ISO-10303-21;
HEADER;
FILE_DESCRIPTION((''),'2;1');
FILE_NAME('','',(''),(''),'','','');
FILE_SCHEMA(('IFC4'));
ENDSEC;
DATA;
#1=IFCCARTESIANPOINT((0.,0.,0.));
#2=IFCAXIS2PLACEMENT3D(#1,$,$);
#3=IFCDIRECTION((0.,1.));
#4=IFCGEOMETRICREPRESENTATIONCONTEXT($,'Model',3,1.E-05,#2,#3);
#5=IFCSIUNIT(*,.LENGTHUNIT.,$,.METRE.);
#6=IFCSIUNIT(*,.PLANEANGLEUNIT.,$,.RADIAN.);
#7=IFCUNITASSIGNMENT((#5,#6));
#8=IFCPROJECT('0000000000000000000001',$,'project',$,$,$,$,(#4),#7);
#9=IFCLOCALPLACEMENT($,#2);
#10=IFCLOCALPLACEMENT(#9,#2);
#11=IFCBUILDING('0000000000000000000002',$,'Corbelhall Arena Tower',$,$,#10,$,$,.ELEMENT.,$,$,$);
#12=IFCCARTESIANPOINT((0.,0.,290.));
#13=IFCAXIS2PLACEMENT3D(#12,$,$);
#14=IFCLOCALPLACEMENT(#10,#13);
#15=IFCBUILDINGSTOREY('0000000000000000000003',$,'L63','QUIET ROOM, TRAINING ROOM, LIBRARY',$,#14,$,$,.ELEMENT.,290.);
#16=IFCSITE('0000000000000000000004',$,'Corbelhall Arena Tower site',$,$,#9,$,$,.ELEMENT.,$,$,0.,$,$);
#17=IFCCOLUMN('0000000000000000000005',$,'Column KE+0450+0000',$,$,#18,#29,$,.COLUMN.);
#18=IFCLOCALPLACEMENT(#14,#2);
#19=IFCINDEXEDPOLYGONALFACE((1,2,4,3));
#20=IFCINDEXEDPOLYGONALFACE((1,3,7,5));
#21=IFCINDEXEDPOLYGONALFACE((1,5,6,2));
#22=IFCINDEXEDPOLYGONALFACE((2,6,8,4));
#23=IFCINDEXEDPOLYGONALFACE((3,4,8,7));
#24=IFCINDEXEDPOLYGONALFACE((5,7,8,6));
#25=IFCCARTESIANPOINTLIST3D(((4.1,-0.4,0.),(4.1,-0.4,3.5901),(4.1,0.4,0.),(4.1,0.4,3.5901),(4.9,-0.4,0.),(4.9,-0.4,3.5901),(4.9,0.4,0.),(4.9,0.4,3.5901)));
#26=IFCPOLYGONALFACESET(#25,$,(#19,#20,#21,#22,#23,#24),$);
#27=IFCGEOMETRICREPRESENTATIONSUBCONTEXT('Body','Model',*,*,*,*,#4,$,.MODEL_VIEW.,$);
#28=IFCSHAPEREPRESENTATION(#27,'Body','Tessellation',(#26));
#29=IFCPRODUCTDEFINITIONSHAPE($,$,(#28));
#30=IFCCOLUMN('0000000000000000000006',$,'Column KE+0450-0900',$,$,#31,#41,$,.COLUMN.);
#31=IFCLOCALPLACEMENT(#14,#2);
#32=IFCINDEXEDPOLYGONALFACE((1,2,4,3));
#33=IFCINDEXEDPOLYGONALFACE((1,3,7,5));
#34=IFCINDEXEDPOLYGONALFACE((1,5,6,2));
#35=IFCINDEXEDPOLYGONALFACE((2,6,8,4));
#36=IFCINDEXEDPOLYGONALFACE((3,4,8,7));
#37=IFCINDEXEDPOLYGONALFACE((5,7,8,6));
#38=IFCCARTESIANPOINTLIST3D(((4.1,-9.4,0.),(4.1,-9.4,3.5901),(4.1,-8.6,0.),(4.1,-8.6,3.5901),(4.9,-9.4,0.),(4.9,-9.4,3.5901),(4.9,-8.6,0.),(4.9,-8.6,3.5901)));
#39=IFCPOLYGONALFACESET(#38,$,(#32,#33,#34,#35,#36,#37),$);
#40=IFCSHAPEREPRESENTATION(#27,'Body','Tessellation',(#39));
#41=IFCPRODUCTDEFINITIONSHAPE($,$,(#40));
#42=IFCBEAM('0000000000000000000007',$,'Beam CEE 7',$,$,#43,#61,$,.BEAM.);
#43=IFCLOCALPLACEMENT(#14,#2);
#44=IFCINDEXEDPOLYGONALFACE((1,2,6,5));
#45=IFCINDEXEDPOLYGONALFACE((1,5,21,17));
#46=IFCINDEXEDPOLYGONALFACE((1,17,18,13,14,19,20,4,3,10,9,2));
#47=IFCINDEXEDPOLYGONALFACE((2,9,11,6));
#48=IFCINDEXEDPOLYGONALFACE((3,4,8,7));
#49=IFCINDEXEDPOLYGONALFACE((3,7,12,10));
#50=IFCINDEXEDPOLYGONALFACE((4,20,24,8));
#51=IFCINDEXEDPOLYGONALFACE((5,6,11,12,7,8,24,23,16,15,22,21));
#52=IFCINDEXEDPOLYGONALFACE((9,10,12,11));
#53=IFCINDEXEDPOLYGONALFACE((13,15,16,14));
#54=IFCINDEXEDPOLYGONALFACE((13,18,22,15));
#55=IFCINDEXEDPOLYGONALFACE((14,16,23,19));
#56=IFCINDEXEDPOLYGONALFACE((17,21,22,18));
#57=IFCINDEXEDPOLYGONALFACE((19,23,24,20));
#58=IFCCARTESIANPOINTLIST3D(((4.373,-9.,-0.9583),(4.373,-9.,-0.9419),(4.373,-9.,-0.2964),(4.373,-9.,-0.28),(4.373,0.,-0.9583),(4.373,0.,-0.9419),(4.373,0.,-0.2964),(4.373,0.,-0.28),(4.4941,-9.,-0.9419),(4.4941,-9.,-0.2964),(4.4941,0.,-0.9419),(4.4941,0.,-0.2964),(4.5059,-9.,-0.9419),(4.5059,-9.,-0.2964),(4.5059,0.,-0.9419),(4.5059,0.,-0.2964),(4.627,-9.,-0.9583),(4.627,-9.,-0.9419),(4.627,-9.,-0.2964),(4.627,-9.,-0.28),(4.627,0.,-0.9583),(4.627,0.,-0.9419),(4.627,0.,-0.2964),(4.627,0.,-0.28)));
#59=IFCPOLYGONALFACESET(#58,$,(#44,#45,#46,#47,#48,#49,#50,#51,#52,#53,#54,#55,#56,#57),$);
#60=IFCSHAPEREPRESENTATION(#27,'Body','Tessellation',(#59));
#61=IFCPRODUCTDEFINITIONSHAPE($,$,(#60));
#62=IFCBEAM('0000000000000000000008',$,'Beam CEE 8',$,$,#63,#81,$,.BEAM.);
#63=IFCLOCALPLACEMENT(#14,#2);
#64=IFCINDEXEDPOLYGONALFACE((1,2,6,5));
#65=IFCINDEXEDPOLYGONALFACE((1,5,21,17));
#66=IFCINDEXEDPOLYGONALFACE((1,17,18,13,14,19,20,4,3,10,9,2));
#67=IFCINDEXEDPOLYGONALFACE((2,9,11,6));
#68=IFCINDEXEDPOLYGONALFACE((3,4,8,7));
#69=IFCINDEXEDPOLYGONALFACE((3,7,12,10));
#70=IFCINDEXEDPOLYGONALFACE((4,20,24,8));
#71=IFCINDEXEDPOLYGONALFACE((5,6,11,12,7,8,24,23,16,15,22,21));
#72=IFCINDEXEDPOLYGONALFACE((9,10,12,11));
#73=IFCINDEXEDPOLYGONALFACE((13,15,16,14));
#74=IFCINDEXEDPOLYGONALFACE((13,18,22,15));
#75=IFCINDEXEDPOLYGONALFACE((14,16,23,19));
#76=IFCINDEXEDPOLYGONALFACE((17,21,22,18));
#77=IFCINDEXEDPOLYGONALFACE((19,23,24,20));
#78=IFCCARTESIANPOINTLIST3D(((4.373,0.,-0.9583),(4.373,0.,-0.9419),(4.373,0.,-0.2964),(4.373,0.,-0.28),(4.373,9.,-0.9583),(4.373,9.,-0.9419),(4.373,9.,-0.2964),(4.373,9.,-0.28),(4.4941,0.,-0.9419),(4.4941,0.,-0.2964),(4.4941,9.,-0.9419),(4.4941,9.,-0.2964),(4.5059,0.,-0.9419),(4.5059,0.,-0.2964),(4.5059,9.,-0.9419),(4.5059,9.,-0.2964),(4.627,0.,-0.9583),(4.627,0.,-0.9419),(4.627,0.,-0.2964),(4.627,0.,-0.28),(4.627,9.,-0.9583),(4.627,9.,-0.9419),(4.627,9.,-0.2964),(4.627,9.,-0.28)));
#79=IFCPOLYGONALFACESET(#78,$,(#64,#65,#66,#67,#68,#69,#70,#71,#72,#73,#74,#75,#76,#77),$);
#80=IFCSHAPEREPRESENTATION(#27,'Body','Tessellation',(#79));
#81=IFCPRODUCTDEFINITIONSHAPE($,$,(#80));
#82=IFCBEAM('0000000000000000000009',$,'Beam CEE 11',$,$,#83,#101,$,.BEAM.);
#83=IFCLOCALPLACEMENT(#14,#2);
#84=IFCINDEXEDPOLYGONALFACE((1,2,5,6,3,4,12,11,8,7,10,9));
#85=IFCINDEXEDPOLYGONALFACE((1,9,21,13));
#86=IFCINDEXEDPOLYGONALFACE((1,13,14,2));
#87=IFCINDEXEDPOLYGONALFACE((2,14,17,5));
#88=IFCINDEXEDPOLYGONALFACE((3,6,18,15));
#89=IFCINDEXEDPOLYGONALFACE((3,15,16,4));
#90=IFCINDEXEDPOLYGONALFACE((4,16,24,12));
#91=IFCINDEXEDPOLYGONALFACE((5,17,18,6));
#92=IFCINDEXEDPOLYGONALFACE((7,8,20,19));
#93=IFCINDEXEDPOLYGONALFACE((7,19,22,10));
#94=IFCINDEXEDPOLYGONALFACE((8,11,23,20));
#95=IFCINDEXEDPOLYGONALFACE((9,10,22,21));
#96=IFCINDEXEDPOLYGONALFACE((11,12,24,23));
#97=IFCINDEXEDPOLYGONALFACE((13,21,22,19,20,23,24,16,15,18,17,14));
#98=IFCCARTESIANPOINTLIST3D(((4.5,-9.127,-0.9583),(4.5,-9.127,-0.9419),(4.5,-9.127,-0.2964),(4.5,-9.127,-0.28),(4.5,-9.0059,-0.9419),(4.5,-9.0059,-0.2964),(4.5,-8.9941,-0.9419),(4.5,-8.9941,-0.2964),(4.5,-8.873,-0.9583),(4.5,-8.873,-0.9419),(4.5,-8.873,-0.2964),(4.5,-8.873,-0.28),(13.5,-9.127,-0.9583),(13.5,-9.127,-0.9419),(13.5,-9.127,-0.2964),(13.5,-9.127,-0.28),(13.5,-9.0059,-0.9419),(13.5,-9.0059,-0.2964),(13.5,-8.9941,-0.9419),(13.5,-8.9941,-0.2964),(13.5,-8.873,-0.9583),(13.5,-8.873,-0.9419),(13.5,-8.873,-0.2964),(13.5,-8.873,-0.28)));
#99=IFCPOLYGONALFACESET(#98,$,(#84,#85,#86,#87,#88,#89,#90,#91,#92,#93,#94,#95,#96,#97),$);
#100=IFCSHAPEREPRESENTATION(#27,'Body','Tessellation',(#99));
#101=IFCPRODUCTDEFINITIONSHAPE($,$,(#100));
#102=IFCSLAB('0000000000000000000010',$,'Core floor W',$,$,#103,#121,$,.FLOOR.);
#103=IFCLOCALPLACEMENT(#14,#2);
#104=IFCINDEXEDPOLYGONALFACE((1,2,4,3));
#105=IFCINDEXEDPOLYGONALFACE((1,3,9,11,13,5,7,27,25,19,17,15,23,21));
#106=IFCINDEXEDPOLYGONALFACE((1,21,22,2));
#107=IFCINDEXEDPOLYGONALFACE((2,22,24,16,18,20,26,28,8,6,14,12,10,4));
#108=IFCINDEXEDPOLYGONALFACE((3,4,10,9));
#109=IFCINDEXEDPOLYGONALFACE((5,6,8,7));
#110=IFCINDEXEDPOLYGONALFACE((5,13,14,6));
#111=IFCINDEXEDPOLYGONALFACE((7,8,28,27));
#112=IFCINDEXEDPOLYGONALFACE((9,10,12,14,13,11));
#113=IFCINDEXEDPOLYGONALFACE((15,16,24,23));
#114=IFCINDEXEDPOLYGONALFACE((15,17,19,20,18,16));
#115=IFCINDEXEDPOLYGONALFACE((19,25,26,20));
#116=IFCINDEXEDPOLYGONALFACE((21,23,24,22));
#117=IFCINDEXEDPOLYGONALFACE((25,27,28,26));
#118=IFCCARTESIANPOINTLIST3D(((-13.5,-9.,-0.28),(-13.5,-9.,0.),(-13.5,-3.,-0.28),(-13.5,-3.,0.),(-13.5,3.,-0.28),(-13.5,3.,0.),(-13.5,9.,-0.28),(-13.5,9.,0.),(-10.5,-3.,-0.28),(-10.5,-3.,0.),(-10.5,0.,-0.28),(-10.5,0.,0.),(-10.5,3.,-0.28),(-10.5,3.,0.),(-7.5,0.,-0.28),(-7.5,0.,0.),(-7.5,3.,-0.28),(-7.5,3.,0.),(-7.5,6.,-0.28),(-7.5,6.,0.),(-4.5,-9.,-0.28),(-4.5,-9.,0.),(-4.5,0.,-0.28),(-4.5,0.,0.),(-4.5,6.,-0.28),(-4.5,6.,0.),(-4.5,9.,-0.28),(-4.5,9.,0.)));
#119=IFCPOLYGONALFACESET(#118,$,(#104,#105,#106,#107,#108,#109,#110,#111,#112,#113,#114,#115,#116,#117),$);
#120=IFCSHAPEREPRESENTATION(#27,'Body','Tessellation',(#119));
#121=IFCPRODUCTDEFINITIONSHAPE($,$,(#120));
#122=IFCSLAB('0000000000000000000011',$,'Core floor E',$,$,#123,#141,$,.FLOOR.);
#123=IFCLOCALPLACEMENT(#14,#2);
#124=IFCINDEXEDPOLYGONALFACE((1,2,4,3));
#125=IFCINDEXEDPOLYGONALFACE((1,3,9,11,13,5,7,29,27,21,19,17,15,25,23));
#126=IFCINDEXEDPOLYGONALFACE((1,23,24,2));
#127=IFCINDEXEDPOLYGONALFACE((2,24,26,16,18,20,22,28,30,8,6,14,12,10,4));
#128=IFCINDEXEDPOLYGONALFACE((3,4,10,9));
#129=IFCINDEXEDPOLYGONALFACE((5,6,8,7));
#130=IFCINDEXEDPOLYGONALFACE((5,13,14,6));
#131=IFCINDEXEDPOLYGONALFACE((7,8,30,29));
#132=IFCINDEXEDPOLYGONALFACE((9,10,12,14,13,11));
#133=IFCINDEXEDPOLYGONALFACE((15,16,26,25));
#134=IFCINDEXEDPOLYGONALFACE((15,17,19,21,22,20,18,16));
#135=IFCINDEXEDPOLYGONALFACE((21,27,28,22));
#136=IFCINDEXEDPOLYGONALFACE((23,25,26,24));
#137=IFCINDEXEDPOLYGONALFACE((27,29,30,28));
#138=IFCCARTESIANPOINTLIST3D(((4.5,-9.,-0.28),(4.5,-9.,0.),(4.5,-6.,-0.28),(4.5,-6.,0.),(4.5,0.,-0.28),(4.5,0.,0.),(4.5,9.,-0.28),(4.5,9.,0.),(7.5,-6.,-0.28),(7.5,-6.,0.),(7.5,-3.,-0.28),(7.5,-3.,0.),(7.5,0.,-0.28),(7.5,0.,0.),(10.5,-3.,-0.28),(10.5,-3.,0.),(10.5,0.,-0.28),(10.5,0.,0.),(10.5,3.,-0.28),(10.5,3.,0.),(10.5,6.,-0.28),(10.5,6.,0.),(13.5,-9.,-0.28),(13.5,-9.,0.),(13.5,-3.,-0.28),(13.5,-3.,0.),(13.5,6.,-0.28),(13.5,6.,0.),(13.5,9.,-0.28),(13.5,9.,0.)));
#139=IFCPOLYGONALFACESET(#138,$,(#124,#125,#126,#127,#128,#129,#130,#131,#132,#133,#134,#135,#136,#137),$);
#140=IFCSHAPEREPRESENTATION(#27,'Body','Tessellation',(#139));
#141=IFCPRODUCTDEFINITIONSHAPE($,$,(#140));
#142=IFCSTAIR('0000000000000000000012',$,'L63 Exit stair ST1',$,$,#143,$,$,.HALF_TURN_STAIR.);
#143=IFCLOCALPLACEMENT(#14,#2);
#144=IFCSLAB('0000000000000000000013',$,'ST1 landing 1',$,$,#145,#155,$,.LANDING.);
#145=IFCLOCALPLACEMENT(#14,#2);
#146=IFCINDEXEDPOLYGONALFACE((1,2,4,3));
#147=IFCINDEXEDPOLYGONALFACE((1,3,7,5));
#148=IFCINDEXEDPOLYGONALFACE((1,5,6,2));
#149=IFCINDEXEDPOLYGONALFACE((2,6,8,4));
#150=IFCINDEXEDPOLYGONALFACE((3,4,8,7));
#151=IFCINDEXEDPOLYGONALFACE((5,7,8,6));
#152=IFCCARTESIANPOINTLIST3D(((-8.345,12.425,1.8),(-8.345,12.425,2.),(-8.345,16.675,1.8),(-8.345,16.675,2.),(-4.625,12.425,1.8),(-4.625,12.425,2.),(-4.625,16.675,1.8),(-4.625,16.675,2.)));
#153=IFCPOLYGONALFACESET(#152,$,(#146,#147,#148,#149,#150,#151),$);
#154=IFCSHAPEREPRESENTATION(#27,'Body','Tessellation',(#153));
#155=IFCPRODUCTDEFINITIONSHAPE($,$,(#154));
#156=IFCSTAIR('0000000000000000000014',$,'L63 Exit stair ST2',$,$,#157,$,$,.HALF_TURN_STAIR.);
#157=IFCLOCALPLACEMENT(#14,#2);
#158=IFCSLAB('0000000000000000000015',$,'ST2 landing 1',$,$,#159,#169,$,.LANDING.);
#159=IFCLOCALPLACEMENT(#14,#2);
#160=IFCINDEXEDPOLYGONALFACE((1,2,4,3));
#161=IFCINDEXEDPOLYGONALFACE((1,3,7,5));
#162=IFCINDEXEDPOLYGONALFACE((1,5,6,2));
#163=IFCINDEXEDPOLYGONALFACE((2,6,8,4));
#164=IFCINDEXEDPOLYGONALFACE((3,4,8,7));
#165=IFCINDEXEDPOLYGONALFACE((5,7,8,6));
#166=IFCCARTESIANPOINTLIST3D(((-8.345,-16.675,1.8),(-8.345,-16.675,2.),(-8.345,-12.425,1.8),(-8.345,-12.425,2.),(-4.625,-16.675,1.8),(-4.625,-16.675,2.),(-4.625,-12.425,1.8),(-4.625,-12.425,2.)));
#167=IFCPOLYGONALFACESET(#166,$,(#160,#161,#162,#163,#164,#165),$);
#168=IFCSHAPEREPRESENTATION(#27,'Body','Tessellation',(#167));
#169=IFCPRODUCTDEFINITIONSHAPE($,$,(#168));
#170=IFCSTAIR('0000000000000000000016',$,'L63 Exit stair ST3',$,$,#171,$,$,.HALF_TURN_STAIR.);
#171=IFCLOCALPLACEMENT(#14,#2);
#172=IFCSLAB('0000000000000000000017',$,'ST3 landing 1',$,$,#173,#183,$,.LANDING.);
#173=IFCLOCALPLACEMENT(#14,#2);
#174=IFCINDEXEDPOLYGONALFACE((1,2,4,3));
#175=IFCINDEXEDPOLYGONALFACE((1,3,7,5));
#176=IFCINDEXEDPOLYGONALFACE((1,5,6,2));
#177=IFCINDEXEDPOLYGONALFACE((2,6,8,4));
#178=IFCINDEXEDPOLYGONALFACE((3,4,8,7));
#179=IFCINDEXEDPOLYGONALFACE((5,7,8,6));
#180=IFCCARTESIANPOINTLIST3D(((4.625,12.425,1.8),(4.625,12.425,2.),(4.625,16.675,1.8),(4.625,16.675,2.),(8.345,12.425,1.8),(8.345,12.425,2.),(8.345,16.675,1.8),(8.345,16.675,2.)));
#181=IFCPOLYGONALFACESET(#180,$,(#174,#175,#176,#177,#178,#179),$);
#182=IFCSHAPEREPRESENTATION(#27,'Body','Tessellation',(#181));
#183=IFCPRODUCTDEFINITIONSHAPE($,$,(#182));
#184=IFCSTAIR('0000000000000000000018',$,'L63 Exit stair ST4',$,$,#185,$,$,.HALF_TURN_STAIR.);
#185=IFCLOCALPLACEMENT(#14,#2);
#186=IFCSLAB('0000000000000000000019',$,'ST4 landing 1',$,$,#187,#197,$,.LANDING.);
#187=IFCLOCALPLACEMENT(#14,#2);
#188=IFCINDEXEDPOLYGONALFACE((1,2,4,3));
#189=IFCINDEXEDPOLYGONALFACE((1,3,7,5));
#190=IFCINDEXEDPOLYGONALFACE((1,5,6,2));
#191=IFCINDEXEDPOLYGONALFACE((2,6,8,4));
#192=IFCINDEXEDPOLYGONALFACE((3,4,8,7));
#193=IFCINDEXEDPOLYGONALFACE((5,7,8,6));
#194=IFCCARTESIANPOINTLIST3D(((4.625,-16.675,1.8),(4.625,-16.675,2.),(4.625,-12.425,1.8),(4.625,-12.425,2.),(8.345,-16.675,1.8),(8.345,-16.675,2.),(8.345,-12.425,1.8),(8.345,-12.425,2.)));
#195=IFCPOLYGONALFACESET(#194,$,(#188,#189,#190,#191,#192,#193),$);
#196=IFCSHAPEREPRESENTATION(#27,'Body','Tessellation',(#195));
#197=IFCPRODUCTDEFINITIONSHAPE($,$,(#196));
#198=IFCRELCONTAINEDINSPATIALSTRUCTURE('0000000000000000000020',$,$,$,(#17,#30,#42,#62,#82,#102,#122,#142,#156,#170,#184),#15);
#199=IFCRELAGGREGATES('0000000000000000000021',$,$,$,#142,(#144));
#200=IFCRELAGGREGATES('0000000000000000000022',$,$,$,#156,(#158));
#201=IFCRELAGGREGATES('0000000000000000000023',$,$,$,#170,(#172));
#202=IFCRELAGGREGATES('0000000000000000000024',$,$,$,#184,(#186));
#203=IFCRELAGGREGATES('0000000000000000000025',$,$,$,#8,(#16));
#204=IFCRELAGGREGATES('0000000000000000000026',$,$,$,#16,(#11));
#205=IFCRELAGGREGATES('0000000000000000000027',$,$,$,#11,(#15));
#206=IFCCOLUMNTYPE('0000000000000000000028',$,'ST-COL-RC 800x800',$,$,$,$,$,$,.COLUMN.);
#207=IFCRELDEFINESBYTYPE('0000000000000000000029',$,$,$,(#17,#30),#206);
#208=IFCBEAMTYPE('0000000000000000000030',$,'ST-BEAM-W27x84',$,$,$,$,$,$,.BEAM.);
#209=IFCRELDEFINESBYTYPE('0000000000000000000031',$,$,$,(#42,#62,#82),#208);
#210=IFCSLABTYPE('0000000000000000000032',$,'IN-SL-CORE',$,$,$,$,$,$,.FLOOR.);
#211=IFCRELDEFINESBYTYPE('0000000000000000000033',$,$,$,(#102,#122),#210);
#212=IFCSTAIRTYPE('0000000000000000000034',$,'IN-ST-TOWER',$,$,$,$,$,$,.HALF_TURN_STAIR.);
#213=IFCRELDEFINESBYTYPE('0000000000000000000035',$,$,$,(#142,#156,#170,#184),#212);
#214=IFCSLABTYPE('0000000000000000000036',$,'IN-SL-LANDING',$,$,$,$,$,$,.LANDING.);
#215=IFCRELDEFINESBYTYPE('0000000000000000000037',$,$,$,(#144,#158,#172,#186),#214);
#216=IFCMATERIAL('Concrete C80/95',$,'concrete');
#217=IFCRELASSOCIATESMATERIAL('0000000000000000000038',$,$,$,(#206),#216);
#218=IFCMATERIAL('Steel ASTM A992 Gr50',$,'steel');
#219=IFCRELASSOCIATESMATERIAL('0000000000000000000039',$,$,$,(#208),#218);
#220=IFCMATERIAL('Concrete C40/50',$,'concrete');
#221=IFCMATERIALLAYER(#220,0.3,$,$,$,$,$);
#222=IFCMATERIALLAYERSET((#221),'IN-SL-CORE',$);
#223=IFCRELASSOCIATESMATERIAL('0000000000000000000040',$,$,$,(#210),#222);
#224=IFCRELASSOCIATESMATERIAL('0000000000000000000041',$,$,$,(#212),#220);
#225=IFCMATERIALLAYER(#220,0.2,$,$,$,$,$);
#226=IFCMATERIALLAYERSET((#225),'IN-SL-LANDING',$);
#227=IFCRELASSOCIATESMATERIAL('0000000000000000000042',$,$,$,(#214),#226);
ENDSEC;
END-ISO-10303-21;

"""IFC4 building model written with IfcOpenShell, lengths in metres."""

from ifc_helpers import new_model, si_unit, direction, frame, origin, origin_2d, place, context, subcontext, project, spatial, polyline, rectangle, i_section, outline, extrude, material, layer, layer_set, material_profile, profile_set, type_object, element, aggregate, save


model = new_model("IFC4")

# Units and contexts
model_context = context("Model", 3, precision=1e-05, world=origin(), true_north=direction((0.0, 1.0)))
body_context = subcontext(model_context, "Body", "Model", "MODEL_VIEW")
ifc_project = project(units=[si_unit("LENGTHUNIT", "METRE"), si_unit("PLANEANGLEUNIT", "RADIAN")], contexts=[model_context])

# Site, building, storey
site_placement = place(None, origin())
site = spatial("IfcSite", under=ifc_project, at=site_placement, Name="Corbelhall Arena Tower site", CompositionType="ELEMENT", RefElevation=0.0)
building_placement = place(site_placement, origin())
building = spatial("IfcBuilding", under=site, at=building_placement, Name="Corbelhall Arena Tower", CompositionType="ELEMENT")
storey_placement = place(building_placement, frame((0.0, 0.0, 290.0)))
storey = spatial("IfcBuildingStorey", under=building, at=storey_placement, Name="L63", Description="QUIET ROOM, TRAINING ROOM, LIBRARY", CompositionType="ELEMENT", Elevation=290.0)

# Columns
ifc_material_1 = material(Name="Concrete C80/95", Category="concrete")
ifc_material_profile_1 = material_profile(ifc_material_1, rectangle(XDim=0.8, YDim=0.8, at=origin_2d()))
ifc_profile_set_1 = profile_set([ifc_material_profile_1], Name="Concrete C80/95")
column_type = type_object("IfcColumnType", Name="ST-COL-RC 800x800", PredefinedType="COLUMN", material=ifc_profile_set_1)
for number, where, z_axis, x_axis, name in (
    (1, (4.5, 0.0, 0.0), (0.0, 0.0, 1.0), (1.0, 0.0, 0.0), "Column KE+0450+0000"),
    (2, (4.5, -9.0, 0.0), (0.0, 0.0, 1.0), (1.0, 0.0, 0.0), "Column KE+0450-0900"),
):
    element("IfcColumn", number, at=place(storey_placement, frame(where, z_axis=z_axis, x_axis=x_axis)), inside=storey, type_object=column_type, Name=name, PredefinedType="COLUMN", context=body_context, shape_type="SweptSolid", body=[
        extrude(rectangle(XDim=0.8, YDim=0.8, at=origin_2d()), origin(), (0.0, 0.0, 1.0), 3.5901),
    ])

# Beams
ifc_material_2 = material(Name="Steel ASTM A992 Gr50", Category="steel")
ifc_material_profile_2 = material_profile(ifc_material_2, i_section(OverallWidth=0.2539, OverallDepth=0.6782, WebThickness=0.0117, FlangeThickness=0.0164, at=origin_2d()))
ifc_profile_set_2 = profile_set([ifc_material_profile_2], Name="Steel ASTM A992 Gr50")
beam_type = type_object("IfcBeamType", Name="ST-BEAM-W27x84", PredefinedType="BEAM", material=ifc_profile_set_2)
for number, where, z_axis, x_axis, name in (
    (3, (4.5, -9.0, -0.6191), (0.0, 1.0, 0.0), (-1.0, 0.0, 0.0), "Beam CEE 7"),
    (4, (4.5, 0.0, -0.6191), (0.0, 1.0, 0.0), (-1.0, 0.0, 0.0), "Beam CEE 8"),
    (5, (4.5, -9.0, -0.6191), (1.0, 0.0, 0.0), (0.0, 1.0, 0.0), "Beam CEE 11"),
):
    element("IfcBeam", number, at=place(storey_placement, frame(where, z_axis=z_axis, x_axis=x_axis)), inside=storey, type_object=beam_type, Name=name, PredefinedType="BEAM", context=body_context, shape_type="SweptSolid", body=[
        extrude(i_section(OverallWidth=0.2539, OverallDepth=0.6782, WebThickness=0.0117, FlangeThickness=0.0164, at=origin_2d()), origin(), (0.0, 0.0, 1.0), 9.0),
    ])

# Slabs
ifc_material_3 = material(Name="Concrete C40/50", Category="concrete")
ifc_layer_1 = layer(ifc_material_3, 0.3)
ifc_layer_set_1 = layer_set([ifc_layer_1], Name="IN-SL-CORE")
slab_type_1 = type_object("IfcSlabType", Name="IN-SL-CORE", PredefinedType="FLOOR", material=ifc_layer_set_1)
slab_1_placement = place(storey_placement, frame((0.0, 0.0, -0.28)))
element("IfcSlab", 6, at=slab_1_placement, inside=storey, type_object=slab_type_1, Name="Core floor W", PredefinedType="FLOOR", context=body_context, shape_type="SweptSolid", body=[
    extrude(outline(polyline([(-10.5, -3.0), (-13.5, -3.0), (-13.5, -9.0), (-4.5, -9.0), (-4.5, 0.0), (-7.5, 0.0), (-7.5, 3.0), (-7.5, 6.0), (-4.5, 6.0), (-4.5, 9.0), (-13.5, 9.0), (-13.5, 3.0), (-10.5, 3.0), (-10.5, 0.0), (-10.5, -3.0)])), origin(), (0.0, 0.0, 1.0), 0.28),
])
slab_2_placement = place(storey_placement, frame((0.0, 0.0, -0.28)))
element("IfcSlab", 7, at=slab_2_placement, inside=storey, type_object=slab_type_1, Name="Core floor E", PredefinedType="FLOOR", context=body_context, shape_type="SweptSolid", body=[
    extrude(outline(polyline([(13.5, -3.0), (10.5, -3.0), (10.5, 0.0), (10.5, 3.0), (10.5, 6.0), (13.5, 6.0), (13.5, 9.0), (4.5, 9.0), (4.5, 0.0), (7.5, 0.0), (7.5, -3.0), (7.5, -6.0), (4.5, -6.0), (4.5, -9.0), (13.5, -9.0), (13.5, -3.0)])), origin(), (0.0, 0.0, 1.0), 0.28),
])

# Stairs, slabs
stair_type = type_object("IfcStairType", Name="IN-ST-TOWER", PredefinedType="HALF_TURN_STAIR", material=ifc_material_3)
stair_1_placement = place(storey_placement, origin())
stair_1 = element("IfcStair", 8, at=stair_1_placement, inside=storey, type_object=stair_type, Name="L63 Exit stair ST1", PredefinedType="HALF_TURN_STAIR")
ifc_layer_2 = layer(ifc_material_3, 0.2)
ifc_layer_set_2 = layer_set([ifc_layer_2], Name="IN-SL-LANDING")
slab_type_2 = type_object("IfcSlabType", Name="IN-SL-LANDING", PredefinedType="LANDING", material=ifc_layer_set_2)
slab_3_placement = place(storey_placement, frame((0.0, 0.0, 1.8)))
slab_3 = element("IfcSlab", 9, at=slab_3_placement, type_object=slab_type_2, Name="ST1 landing 1", PredefinedType="LANDING", context=body_context, shape_type="SweptSolid", body=[
    extrude(outline(polyline([(-8.345, 12.425), (-4.625, 12.425), (-4.625, 16.675), (-8.345, 16.675), (-8.345, 12.425)])), origin(), (0.0, 0.0, 1.0), 0.2),
])
aggregate(stair_1, [slab_3])
stair_2_placement = place(storey_placement, origin())
stair_2 = element("IfcStair", 10, at=stair_2_placement, inside=storey, type_object=stair_type, Name="L63 Exit stair ST2", PredefinedType="HALF_TURN_STAIR")
slab_4_placement = place(storey_placement, frame((0.0, 0.0, 1.8)))
slab_4 = element("IfcSlab", 11, at=slab_4_placement, type_object=slab_type_2, Name="ST2 landing 1", PredefinedType="LANDING", context=body_context, shape_type="SweptSolid", body=[
    extrude(outline(polyline([(-8.345, -16.675), (-4.625, -16.675), (-4.625, -12.425), (-8.345, -12.425), (-8.345, -16.675)])), origin(), (0.0, 0.0, 1.0), 0.2),
])
aggregate(stair_2, [slab_4])
stair_3_placement = place(storey_placement, origin())
stair_3 = element("IfcStair", 12, at=stair_3_placement, inside=storey, type_object=stair_type, Name="L63 Exit stair ST3", PredefinedType="HALF_TURN_STAIR")
slab_5_placement = place(storey_placement, frame((0.0, 0.0, 1.8)))
slab_5 = element("IfcSlab", 13, at=slab_5_placement, type_object=slab_type_2, Name="ST3 landing 1", PredefinedType="LANDING", context=body_context, shape_type="SweptSolid", body=[
    extrude(outline(polyline([(8.345, 16.675), (4.625, 16.675), (4.625, 12.425), (8.345, 12.425), (8.345, 16.675)])), origin(), (0.0, 0.0, 1.0), 0.2),
])
aggregate(stair_3, [slab_5])
stair_4_placement = place(storey_placement, origin())
stair_4 = element("IfcStair", 14, at=stair_4_placement, inside=storey, type_object=stair_type, Name="L63 Exit stair ST4", PredefinedType="HALF_TURN_STAIR")
slab_6_placement = place(storey_placement, frame((0.0, 0.0, 1.8)))
slab_6 = element("IfcSlab", 15, at=slab_6_placement, type_object=slab_type_2, Name="ST4 landing 1", PredefinedType="LANDING", context=body_context, shape_type="SweptSolid", body=[
    extrude(outline(polyline([(8.345, -12.425), (4.625, -12.425), (4.625, -16.675), (8.345, -16.675), (8.345, -12.425)])), origin(), (0.0, 0.0, 1.0), 0.2),
])
aggregate(stair_4, [slab_6])

save(model, "model.ifc")
